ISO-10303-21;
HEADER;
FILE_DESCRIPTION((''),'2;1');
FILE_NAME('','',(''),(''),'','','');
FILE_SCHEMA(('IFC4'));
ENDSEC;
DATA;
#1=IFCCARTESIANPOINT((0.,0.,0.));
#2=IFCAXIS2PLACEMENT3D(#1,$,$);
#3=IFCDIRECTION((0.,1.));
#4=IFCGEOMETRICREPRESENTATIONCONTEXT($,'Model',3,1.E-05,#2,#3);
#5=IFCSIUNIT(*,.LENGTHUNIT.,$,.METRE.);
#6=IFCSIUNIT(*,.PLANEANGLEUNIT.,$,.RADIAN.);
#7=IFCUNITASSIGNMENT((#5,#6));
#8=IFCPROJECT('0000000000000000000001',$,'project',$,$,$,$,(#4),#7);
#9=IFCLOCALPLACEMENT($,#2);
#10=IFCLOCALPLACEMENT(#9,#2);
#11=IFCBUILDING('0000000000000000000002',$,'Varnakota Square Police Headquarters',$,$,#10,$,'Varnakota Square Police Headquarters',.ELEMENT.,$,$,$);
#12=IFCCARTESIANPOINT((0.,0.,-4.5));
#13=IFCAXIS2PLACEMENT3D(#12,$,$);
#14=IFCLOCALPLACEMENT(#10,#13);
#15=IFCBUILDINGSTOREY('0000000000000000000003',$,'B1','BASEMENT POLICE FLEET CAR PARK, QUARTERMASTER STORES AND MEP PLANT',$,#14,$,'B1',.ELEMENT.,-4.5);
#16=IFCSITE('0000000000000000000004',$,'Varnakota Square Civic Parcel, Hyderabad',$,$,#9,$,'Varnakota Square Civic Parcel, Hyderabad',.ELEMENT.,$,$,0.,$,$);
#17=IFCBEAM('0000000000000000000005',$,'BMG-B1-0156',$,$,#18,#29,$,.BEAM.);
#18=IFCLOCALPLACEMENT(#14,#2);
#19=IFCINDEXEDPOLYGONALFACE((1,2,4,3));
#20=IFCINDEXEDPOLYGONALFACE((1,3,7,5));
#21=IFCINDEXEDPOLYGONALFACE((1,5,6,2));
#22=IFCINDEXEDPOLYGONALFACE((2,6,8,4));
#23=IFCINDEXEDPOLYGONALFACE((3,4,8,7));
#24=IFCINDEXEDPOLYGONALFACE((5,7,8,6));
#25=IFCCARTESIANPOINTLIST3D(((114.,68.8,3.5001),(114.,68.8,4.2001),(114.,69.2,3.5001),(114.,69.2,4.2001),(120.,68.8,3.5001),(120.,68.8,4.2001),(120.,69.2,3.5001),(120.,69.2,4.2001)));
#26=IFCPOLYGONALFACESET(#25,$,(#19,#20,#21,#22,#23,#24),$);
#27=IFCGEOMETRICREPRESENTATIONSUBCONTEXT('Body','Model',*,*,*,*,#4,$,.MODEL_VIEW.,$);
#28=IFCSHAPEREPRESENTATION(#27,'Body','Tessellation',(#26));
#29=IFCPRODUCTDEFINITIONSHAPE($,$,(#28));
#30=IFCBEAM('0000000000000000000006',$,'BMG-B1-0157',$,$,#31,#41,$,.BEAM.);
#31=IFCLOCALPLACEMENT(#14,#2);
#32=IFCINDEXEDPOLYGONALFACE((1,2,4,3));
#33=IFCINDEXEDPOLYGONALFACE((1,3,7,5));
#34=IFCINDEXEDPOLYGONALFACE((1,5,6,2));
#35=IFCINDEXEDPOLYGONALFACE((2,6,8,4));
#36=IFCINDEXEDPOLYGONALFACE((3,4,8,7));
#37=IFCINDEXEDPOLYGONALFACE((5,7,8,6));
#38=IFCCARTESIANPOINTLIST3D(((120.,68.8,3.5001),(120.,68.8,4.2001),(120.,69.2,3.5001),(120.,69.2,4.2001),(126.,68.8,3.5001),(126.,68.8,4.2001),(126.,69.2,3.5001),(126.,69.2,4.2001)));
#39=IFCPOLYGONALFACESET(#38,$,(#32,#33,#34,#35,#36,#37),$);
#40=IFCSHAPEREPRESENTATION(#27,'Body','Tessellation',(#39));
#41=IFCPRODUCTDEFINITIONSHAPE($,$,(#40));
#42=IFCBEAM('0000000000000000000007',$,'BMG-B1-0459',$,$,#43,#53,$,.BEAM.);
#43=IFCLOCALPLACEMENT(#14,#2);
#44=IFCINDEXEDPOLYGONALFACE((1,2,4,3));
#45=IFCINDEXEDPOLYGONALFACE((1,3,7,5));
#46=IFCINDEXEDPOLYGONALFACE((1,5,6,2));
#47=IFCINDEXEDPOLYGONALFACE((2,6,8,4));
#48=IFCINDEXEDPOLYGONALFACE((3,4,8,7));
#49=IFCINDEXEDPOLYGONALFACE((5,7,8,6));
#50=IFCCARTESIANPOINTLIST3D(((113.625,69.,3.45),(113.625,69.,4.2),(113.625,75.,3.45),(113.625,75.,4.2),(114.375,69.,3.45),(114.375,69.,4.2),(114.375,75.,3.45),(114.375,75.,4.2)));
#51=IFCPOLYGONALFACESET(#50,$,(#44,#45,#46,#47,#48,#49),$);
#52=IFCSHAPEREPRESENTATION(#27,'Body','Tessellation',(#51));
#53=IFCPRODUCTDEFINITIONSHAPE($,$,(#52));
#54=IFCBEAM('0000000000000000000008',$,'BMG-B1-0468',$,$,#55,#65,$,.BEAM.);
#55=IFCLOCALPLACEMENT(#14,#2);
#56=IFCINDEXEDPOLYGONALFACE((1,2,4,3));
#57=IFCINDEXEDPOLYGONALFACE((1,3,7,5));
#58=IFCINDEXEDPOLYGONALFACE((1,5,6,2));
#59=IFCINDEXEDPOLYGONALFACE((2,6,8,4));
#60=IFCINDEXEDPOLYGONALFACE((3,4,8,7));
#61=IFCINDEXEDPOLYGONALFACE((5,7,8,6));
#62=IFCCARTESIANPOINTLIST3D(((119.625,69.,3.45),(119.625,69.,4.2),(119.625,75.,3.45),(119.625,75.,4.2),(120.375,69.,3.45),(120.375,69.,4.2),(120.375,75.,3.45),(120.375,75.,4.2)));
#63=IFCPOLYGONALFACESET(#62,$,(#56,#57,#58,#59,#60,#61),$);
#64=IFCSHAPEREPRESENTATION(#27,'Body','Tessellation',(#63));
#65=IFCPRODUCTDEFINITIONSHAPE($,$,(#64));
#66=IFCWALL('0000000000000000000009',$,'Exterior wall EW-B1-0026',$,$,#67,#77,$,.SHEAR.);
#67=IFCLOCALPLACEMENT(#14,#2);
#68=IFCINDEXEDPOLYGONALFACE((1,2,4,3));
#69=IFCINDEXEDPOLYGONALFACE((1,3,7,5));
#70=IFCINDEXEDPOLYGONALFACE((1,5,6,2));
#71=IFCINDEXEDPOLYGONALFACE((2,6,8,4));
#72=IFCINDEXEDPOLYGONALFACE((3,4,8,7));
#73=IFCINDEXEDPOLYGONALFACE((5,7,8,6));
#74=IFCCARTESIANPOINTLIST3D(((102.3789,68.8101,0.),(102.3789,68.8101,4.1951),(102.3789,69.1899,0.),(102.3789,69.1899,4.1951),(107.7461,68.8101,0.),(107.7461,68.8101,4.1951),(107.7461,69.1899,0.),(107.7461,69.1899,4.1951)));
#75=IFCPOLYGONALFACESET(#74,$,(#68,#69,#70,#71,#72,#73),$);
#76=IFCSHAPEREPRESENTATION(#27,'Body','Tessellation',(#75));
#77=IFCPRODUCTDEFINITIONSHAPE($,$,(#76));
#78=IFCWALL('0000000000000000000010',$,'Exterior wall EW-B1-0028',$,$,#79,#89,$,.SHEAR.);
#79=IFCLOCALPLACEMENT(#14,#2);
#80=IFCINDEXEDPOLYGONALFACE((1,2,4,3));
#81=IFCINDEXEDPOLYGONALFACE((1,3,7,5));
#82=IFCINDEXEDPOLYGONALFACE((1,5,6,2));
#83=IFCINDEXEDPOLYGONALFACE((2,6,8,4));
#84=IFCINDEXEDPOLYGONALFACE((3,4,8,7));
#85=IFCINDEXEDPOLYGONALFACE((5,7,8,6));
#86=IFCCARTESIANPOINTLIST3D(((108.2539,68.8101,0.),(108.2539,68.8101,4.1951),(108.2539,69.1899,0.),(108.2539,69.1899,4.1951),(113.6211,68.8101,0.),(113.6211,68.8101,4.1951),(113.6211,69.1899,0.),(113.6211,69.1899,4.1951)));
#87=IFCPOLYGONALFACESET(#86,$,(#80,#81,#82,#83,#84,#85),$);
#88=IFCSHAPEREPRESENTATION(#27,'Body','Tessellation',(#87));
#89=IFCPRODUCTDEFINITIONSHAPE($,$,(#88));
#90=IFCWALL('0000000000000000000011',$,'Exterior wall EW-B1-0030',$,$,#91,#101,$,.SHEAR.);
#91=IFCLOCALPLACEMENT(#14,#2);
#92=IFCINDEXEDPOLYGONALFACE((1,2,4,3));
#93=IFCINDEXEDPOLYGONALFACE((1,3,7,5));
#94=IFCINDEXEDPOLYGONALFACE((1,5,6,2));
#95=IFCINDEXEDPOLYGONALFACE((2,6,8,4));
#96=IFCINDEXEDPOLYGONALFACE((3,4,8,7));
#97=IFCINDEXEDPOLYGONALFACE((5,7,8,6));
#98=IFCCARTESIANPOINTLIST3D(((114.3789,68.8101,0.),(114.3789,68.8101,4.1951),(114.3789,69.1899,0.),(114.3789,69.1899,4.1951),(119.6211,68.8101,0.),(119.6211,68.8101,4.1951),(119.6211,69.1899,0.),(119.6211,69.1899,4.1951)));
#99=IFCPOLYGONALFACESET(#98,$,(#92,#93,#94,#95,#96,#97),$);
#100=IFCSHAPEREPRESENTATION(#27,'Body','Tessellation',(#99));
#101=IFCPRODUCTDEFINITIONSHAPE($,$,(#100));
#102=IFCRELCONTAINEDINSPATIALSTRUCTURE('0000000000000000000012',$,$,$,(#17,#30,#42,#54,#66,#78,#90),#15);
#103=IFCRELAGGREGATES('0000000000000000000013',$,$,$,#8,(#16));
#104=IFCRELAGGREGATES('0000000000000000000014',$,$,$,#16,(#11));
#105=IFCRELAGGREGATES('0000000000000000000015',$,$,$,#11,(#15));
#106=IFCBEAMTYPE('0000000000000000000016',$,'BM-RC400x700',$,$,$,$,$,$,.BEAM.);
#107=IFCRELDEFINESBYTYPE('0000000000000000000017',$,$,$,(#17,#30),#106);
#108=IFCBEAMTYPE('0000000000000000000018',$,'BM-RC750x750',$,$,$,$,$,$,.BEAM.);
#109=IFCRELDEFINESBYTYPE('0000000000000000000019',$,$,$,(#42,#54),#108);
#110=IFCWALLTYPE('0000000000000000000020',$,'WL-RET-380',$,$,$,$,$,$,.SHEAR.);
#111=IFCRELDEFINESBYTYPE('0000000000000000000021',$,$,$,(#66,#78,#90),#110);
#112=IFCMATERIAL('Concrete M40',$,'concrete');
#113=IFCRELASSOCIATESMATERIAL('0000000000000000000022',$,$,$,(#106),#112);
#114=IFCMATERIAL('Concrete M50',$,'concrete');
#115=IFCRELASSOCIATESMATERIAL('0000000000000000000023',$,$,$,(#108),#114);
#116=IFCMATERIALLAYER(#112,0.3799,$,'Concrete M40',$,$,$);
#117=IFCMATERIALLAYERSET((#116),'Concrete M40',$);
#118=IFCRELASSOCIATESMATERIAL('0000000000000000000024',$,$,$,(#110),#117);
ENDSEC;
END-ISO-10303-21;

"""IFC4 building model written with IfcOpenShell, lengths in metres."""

from ifc_helpers import new_model, si_unit, direction, frame, frame_2d, origin, origin_2d, place, context, subcontext, project, spatial, rectangle, extrude, material, layer, layer_set, material_profile, profile_set, type_object, element, save


model = new_model("IFC4")

# Units and contexts
model_context = context("Model", 3, precision=1e-05, world=origin(), true_north=direction((0.0, 1.0)))
body_context = subcontext(model_context, "Body", "Model", "MODEL_VIEW")
ifc_project = project(units=[si_unit("LENGTHUNIT", "METRE"), si_unit("PLANEANGLEUNIT", "RADIAN")], contexts=[model_context])

# Site, building, storey
site_placement = place(None, origin())
site = spatial("IfcSite", under=ifc_project, at=site_placement, Name="Varnakota Square Civic Parcel, Hyderabad", LongName="Varnakota Square Civic Parcel, Hyderabad", CompositionType="ELEMENT", RefElevation=0.0)
building_placement = place(site_placement, origin())
building = spatial("IfcBuilding", under=site, at=building_placement, Name="Varnakota Square Police Headquarters", LongName="Varnakota Square Police Headquarters", CompositionType="ELEMENT")
storey_placement = place(building_placement, frame((0.0, 0.0, -4.5)))
storey = spatial("IfcBuildingStorey", under=building, at=storey_placement, Name="B1", Description="BASEMENT POLICE FLEET CAR PARK, QUARTERMASTER STORES AND MEP PLANT", LongName="B1", CompositionType="ELEMENT", Elevation=-4.5)

# Shared definitions
ifc_material_1 = material(Name="Concrete M40", Category="concrete")

# Shared definitions
ifc_material_2 = material(Name="Concrete M50", Category="concrete")

# Beams
ifc_material_profile_1 = material_profile(ifc_material_1, rectangle(XDim=0.3999, YDim=0.7, at=origin_2d()), Name="RC 400x700")
ifc_profile_set_1 = profile_set([ifc_material_profile_1], Name="Concrete M40")
beam_type_1 = type_object("IfcBeamType", Name="BM-RC400x700", PredefinedType="BEAM", material=ifc_profile_set_1)
for number, where, z_axis, x_axis, name in (
    (1, (114.0, 69.0, 3.8501), (1.0, 0.0, 0.0), (0.0, 1.0, 0.0), "BMG-B1-0156"),
    (2, (120.0, 69.0, 3.8501), (1.0, 0.0, 0.0), (0.0, 1.0, 0.0), "BMG-B1-0157"),
):
    element("IfcBeam", number, at=place(storey_placement, frame(where, z_axis=z_axis, x_axis=x_axis)), inside=storey, type_object=beam_type_1, Name=name, PredefinedType="BEAM", context=body_context, shape_type="SweptSolid", body=[
        extrude(rectangle(XDim=0.3999, YDim=0.7, at=origin_2d()), origin(), (0.0, 0.0, 1.0), 6.0),
    ])
ifc_material_profile_2 = material_profile(ifc_material_2, rectangle(XDim=0.75, YDim=0.75, at=origin_2d()), Name="RC 750x750")
ifc_profile_set_2 = profile_set([ifc_material_profile_2], Name="Concrete M50")
beam_type_2 = type_object("IfcBeamType", Name="BM-RC750x750", PredefinedType="BEAM", material=ifc_profile_set_2)
for number, where, z_axis, x_axis, name in (
    (3, (114.0, 69.0, 3.825), (0.0, 1.0, 0.0), (-1.0, 0.0, 0.0), "BMG-B1-0459"),
    (4, (120.0, 69.0, 3.825), (0.0, 1.0, 0.0), (-1.0, 0.0, 0.0), "BMG-B1-0468"),
):
    element("IfcBeam", number, at=place(storey_placement, frame(where, z_axis=z_axis, x_axis=x_axis)), inside=storey, type_object=beam_type_2, Name=name, PredefinedType="BEAM", context=body_context, shape_type="SweptSolid", body=[
        extrude(rectangle(XDim=0.75, YDim=0.75, at=origin_2d()), origin(), (0.0, 0.0, 1.0), 6.0),
    ])

# Walls
ifc_layer = layer(ifc_material_1, 0.3799, Name="Concrete M40")
ifc_layer_set = layer_set([ifc_layer], Name="Concrete M40")
wall_type = type_object("IfcWallType", Name="WL-RET-380", PredefinedType="SHEAR", material=ifc_layer_set)
for number, where, z_axis, x_axis, name in (
    (5, (102.3789, 69.0, 0.0), (0.0, 0.0, 1.0), (1.0, 0.0, 0.0), "Exterior wall EW-B1-0026"),
    (6, (108.2539, 69.0, 0.0), (0.0, 0.0, 1.0), (1.0, 0.0, 0.0), "Exterior wall EW-B1-0028"),
):
    element("IfcWall", number, at=place(storey_placement, frame(where, z_axis=z_axis, x_axis=x_axis)), inside=storey, type_object=wall_type, Name=name, PredefinedType="SHEAR", context=body_context, shape_type="SweptSolid", body=[
        extrude(rectangle(XDim=5.3672, YDim=0.3799, at=frame_2d((2.6836, 0.0))), origin(), (0.0, 0.0, 1.0), 4.1951),
    ])
wall_placement = place(storey_placement, frame((114.3789, 69.0, 0.0), z_axis=(0.0, 0.0, 1.0), x_axis=(1.0, 0.0, 0.0)))
element("IfcWall", 7, at=wall_placement, inside=storey, type_object=wall_type, Name="Exterior wall EW-B1-0030", PredefinedType="SHEAR", context=body_context, shape_type="SweptSolid", body=[
    extrude(rectangle(XDim=5.2422, YDim=0.3799, at=frame_2d((2.6211, 0.0))), origin(), (0.0, 0.0, 1.0), 4.1951),
])

save(model, "model.ifc")
